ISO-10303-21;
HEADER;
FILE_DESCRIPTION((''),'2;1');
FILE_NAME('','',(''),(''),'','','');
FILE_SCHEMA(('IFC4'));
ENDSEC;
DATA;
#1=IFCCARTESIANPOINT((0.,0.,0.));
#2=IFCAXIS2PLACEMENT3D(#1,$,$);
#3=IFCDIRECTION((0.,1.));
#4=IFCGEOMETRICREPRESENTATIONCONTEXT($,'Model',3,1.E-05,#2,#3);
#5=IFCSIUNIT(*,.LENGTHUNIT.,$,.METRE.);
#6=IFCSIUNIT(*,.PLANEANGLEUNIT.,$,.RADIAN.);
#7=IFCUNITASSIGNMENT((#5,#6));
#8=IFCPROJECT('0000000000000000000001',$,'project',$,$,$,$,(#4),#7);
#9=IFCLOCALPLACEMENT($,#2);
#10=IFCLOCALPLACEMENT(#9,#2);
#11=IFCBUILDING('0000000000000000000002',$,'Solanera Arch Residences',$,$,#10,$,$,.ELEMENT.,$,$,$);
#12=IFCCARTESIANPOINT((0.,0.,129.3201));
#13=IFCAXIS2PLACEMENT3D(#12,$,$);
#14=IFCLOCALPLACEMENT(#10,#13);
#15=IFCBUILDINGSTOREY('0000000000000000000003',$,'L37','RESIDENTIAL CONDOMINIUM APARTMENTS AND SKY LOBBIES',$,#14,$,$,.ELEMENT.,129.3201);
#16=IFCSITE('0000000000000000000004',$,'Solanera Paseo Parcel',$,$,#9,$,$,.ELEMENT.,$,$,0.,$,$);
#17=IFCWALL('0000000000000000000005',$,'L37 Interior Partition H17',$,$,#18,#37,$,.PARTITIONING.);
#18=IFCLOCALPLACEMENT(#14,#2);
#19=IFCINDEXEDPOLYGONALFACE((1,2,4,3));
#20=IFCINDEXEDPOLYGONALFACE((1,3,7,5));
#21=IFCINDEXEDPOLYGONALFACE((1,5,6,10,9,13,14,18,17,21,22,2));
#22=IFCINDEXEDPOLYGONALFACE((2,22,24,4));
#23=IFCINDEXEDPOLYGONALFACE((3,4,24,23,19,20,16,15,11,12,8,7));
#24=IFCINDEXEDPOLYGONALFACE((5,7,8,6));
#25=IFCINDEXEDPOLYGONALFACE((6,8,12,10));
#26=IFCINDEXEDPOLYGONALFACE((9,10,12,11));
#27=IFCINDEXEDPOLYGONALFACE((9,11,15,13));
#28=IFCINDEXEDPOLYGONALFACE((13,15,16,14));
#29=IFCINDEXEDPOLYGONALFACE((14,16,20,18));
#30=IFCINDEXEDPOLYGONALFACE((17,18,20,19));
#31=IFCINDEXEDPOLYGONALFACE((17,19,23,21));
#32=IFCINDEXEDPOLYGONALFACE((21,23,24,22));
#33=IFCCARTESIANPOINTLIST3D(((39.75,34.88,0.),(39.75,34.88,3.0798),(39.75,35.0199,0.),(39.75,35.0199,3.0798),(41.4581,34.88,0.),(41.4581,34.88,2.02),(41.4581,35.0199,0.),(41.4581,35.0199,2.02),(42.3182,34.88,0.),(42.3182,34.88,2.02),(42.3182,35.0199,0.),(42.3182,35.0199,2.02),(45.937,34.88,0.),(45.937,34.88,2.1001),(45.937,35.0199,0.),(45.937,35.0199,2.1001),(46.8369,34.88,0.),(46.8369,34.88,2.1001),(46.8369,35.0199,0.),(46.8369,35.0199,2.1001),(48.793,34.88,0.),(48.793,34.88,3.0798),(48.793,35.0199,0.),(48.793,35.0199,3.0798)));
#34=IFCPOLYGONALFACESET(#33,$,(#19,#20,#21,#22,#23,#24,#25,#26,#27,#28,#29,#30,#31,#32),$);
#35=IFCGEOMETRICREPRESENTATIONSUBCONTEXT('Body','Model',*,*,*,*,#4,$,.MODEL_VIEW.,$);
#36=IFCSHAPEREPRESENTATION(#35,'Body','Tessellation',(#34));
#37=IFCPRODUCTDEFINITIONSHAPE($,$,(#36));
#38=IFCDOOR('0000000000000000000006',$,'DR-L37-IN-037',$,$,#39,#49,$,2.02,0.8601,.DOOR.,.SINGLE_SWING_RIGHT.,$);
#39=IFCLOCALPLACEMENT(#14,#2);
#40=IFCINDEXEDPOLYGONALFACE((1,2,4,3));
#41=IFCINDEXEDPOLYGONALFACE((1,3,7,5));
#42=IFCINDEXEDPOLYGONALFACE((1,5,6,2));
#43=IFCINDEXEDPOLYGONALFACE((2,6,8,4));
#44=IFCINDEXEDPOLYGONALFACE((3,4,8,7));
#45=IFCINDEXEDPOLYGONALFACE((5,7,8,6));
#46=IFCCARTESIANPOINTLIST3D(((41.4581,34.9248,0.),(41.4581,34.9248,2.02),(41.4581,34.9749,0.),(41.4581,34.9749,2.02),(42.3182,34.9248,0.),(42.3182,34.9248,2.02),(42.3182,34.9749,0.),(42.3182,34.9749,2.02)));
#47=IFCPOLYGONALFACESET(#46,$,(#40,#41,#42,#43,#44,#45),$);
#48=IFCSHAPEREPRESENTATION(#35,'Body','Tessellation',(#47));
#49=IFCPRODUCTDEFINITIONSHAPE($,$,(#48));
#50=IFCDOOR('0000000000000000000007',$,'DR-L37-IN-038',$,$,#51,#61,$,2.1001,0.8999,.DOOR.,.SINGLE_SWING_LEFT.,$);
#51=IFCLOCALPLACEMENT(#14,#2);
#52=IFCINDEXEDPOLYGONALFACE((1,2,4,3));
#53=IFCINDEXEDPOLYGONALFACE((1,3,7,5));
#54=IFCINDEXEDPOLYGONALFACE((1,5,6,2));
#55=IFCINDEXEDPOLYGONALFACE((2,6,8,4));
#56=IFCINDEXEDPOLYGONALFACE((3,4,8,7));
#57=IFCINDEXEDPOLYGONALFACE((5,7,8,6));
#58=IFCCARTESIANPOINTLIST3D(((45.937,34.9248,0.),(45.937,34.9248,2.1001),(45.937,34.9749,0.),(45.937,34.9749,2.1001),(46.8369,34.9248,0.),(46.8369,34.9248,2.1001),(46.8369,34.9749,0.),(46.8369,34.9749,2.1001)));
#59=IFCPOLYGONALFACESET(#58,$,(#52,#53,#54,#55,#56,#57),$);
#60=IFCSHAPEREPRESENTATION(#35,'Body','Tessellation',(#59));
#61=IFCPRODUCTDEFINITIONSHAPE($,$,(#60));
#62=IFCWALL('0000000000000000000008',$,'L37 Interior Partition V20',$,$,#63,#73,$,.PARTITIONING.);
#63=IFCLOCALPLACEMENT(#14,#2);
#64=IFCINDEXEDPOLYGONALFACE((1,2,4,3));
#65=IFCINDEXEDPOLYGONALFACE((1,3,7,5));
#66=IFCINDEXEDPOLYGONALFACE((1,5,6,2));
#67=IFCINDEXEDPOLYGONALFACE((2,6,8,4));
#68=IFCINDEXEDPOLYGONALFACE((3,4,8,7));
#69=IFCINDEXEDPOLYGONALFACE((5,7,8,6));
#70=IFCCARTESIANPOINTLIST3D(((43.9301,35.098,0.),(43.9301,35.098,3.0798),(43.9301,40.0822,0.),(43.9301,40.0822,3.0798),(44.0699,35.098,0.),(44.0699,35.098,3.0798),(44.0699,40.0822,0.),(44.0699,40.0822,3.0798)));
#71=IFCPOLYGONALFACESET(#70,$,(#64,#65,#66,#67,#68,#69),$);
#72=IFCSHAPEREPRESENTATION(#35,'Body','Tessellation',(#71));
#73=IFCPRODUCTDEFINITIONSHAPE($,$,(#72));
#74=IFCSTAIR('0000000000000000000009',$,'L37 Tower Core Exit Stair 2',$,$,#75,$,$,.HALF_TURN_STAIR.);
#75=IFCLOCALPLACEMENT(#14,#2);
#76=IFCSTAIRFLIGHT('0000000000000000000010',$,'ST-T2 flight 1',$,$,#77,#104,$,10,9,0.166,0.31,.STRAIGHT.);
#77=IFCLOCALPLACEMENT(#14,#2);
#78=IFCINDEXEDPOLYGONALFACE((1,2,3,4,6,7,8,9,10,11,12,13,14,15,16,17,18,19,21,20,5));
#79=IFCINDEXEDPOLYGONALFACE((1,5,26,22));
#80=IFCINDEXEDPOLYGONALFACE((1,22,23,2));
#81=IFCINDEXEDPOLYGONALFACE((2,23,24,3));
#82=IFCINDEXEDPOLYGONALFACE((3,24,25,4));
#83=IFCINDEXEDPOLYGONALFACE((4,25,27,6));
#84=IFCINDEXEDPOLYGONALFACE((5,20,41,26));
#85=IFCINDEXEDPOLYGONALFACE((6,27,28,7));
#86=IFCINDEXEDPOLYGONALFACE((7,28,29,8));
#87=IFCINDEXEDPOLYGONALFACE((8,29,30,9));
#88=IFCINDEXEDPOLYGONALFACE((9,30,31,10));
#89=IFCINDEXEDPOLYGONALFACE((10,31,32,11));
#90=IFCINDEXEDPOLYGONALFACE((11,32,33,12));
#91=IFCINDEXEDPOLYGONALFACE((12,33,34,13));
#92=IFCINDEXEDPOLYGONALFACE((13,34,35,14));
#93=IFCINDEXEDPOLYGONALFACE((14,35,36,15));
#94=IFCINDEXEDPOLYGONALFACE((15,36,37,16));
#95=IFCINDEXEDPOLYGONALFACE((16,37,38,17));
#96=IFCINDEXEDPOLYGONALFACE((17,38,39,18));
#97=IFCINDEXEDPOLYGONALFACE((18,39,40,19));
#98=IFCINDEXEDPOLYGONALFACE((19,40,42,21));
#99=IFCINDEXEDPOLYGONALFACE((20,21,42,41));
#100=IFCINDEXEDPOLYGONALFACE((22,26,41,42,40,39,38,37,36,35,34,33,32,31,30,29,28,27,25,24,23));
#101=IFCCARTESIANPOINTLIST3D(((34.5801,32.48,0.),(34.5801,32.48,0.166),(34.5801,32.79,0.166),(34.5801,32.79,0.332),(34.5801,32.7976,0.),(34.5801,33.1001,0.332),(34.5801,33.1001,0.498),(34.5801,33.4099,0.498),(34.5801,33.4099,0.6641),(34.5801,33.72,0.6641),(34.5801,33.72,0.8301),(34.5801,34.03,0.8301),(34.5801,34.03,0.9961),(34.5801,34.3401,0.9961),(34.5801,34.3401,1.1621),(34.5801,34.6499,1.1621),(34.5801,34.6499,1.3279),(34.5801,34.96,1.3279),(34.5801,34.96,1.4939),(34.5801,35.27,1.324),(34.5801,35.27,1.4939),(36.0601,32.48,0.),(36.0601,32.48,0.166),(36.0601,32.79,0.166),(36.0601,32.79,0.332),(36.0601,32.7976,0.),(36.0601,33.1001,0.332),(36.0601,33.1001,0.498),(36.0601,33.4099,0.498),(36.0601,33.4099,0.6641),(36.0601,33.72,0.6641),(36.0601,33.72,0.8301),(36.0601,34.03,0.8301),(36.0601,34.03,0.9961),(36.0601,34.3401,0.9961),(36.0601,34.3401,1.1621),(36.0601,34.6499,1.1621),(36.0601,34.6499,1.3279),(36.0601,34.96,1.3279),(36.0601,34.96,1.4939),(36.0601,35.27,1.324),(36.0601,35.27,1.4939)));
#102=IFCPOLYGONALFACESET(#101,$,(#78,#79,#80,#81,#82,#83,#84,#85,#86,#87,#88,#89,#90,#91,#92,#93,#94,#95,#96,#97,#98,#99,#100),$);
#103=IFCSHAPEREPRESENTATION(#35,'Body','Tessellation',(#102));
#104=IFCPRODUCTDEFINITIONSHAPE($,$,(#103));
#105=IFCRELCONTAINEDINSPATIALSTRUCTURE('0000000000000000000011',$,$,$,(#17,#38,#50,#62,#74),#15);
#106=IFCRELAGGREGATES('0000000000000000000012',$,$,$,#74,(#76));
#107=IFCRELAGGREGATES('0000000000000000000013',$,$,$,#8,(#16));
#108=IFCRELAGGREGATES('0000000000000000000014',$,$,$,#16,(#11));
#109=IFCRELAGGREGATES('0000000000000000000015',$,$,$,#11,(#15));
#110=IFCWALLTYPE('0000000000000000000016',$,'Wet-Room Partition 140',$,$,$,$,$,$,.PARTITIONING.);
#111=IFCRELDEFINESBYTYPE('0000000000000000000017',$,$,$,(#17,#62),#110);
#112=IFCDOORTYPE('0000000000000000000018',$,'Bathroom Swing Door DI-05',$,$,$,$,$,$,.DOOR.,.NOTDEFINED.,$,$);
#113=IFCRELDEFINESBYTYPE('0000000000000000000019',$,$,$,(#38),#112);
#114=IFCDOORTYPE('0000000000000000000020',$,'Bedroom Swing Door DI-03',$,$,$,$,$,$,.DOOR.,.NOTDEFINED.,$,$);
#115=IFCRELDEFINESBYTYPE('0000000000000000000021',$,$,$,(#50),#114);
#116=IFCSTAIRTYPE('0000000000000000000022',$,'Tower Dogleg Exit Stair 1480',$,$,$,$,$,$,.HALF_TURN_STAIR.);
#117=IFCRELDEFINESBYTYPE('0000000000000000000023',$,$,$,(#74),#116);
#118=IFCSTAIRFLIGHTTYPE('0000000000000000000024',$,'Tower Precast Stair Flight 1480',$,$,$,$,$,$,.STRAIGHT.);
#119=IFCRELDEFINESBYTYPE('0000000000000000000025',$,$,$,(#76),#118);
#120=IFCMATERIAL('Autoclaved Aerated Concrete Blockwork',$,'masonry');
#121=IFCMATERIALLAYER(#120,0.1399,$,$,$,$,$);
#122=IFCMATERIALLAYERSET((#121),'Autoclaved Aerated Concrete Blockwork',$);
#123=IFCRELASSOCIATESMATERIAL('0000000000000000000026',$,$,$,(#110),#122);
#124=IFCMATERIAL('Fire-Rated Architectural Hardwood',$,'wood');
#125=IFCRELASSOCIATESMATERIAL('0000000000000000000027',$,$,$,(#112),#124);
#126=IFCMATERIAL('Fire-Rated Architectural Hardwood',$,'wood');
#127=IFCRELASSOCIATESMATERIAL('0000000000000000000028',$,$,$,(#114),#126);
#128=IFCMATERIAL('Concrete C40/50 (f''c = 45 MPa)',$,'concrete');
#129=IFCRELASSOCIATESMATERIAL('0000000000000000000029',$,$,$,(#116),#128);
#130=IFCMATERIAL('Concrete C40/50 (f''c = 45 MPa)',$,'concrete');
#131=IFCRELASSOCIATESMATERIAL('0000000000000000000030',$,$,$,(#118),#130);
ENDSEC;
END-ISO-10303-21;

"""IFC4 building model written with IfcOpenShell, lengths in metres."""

from ifc_helpers import new_model, si_unit, direction, frame, frame_2d, origin, place, context, subcontext, project, spatial, polyline, rectangle, outline, extrude, material, layer, layer_set, type_object, element, fill, aggregate, save


model = new_model("IFC4")

# Units and contexts
model_context = context("Model", 3, precision=1e-05, world=origin(), true_north=direction((0.0, 1.0)))
body_context = subcontext(model_context, "Body", "Model", "MODEL_VIEW")
ifc_project = project(units=[si_unit("LENGTHUNIT", "METRE"), si_unit("PLANEANGLEUNIT", "RADIAN")], contexts=[model_context])

# Site, building, storey
site_placement = place(None, origin())
site = spatial("IfcSite", under=ifc_project, at=site_placement, Name="Solanera Paseo Parcel", CompositionType="ELEMENT", RefElevation=0.0)
building_placement = place(site_placement, origin())
building = spatial("IfcBuilding", under=site, at=building_placement, Name="Solanera Arch Residences", CompositionType="ELEMENT")
storey_placement = place(building_placement, frame((0.0, 0.0, 129.3201)))
storey = spatial("IfcBuildingStorey", under=building, at=storey_placement, Name="L37", Description="RESIDENTIAL CONDOMINIUM APARTMENTS AND SKY LOBBIES", CompositionType="ELEMENT", Elevation=129.3201)

# Wall, openings, doors
ifc_material_1 = material(Name="Autoclaved Aerated Concrete Blockwork", Category="masonry")
ifc_layer_1 = layer(ifc_material_1, 0.1399)
ifc_layer_set_1 = layer_set([ifc_layer_1], Name="Autoclaved Aerated Concrete Blockwork")
wall_type_1 = type_object("IfcWallType", Name="Wet-Room Partition 140", PredefinedType="PARTITIONING", material=ifc_layer_set_1)
wall_1_placement = place(storey_placement, frame((39.75, 34.95, 0.0), z_axis=(0.0, 0.0, 1.0), x_axis=(1.0, 0.0, 0.0)))
wall_1 = element("IfcWall", 1, at=wall_1_placement, inside=storey, type_object=wall_type_1, Name="L37 Interior Partition H17", PredefinedType="PARTITIONING", context=body_context, shape_type="SweptSolid", body=[
    extrude(rectangle(XDim=9.043, YDim=0.1399, at=frame_2d((4.5215, 0.0))), origin(), (0.0, 0.0, 1.0), 3.0798),
])
opening_1_placement = place(wall_1_placement, frame((1.708, 0.0, 0.0)))
opening_1 = element("IfcOpeningElement", 2, at=opening_1_placement, cuts=wall_1, PredefinedType="OPENING", context=body_context, shape_type="SweptSolid", body=[
    extrude(rectangle(XDim=0.8601, YDim=2.02, at=frame_2d((0.4302, 1.01))), frame((0.0, 0.0798, 0.0), z_axis=(0.0, -1.0, 0.0), x_axis=(1.0, 0.0, 0.0)), (0.0, 0.0, 1.0), 0.1599),
])
opening_2_placement = place(wall_1_placement, frame((6.187, 0.0, 0.0)))
opening_2 = element("IfcOpeningElement", 3, at=opening_2_placement, cuts=wall_1, PredefinedType="OPENING", context=body_context, shape_type="SweptSolid", body=[
    extrude(rectangle(XDim=0.8999, YDim=2.1001, at=frame_2d((0.45, 1.05))), frame((0.0, 0.0798, 0.0), z_axis=(0.0, -1.0, 0.0), x_axis=(1.0, 0.0, 0.0)), (0.0, 0.0, 1.0), 0.1599),
])
ifc_material_2 = material(Name="Fire-Rated Architectural Hardwood", Category="wood")
door_type_1 = type_object("IfcDoorType", Name="Bathroom Swing Door DI-05", OperationType="NOTDEFINED", PredefinedType="DOOR", material=ifc_material_2)
door_1_placement = place(opening_1_placement, origin())
door_1 = element("IfcDoor", 4, at=door_1_placement, inside=storey, type_object=door_type_1, Name="DR-L37-IN-037", OperationType="SINGLE_SWING_RIGHT", OverallHeight=2.02, OverallWidth=0.8601, PredefinedType="DOOR", context=body_context, shape_type="SweptSolid", body=[
    extrude(rectangle(XDim=0.8601, YDim=2.02, at=frame_2d((0.4302, 1.01))), frame((0.0, 0.0249, 0.0), z_axis=(0.0, -1.0, 0.0), x_axis=(1.0, 0.0, 0.0)), (0.0, 0.0, 1.0), 0.05),
])
fill(opening_1, door_1)
ifc_material_3 = material(Name="Fire-Rated Architectural Hardwood", Category="wood")
door_type_2 = type_object("IfcDoorType", Name="Bedroom Swing Door DI-03", OperationType="NOTDEFINED", PredefinedType="DOOR", material=ifc_material_3)
door_2_placement = place(opening_2_placement, origin())
door_2 = element("IfcDoor", 5, at=door_2_placement, inside=storey, type_object=door_type_2, Name="DR-L37-IN-038", OperationType="SINGLE_SWING_LEFT", OverallHeight=2.1001, OverallWidth=0.8999, PredefinedType="DOOR", context=body_context, shape_type="SweptSolid", body=[
    extrude(rectangle(XDim=0.8999, YDim=2.1001, at=frame_2d((0.45, 1.05))), frame((0.0, 0.0249, 0.0), z_axis=(0.0, -1.0, 0.0), x_axis=(1.0, 0.0, 0.0)), (0.0, 0.0, 1.0), 0.05),
])
fill(opening_2, door_2)

# Wall
wall_2_placement = place(storey_placement, frame((44.0, 35.0979, 0.0), z_axis=(0.0, 0.0, 1.0), x_axis=(0.0, 1.0, 0.0)))
element("IfcWall", 6, at=wall_2_placement, inside=storey, type_object=wall_type_1, Name="L37 Interior Partition V20", PredefinedType="PARTITIONING", context=body_context, shape_type="SweptSolid", body=[
    extrude(rectangle(XDim=4.9841, YDim=0.1399, at=frame_2d((2.4922, 0.0))), origin(), (0.0, 0.0, 1.0), 3.0798),
])

# Stair, stair flight
ifc_material_4 = material(Name="Concrete C40/50 (f'c = 45 MPa)", Category="concrete")
stair_type = type_object("IfcStairType", Name="Tower Dogleg Exit Stair 1480", PredefinedType="HALF_TURN_STAIR", material=ifc_material_4)
stair_placement = place(storey_placement, origin())
stair = element("IfcStair", 7, at=stair_placement, inside=storey, type_object=stair_type, Name="L37 Tower Core Exit Stair 2", PredefinedType="HALF_TURN_STAIR")
ifc_material_5 = material(Name="Concrete C40/50 (f'c = 45 MPa)", Category="concrete")
stair_flight_type = type_object("IfcStairFlightType", Name="Tower Precast Stair Flight 1480", PredefinedType="STRAIGHT", material=ifc_material_5)
stair_flight_placement = place(storey_placement, frame((35.3201, 32.48, 0.0), z_axis=(0.0, 0.0, 1.0), x_axis=(0.0, 1.0, 0.0)))
stair_flight = element("IfcStairFlight", 8, at=stair_flight_placement, type_object=stair_flight_type, Name="ST-T2 flight 1", NumberOfRisers=10, NumberOfTreads=9, PredefinedType="STRAIGHT", RiserHeight=0.166, TreadLength=0.31, context=body_context, shape_type="SweptSolid", body=[
    extrude(outline(polyline([(0.0, 0.0), (0.0, 0.166), (0.3101, 0.166), (0.3101, 0.332), (0.6201, 0.332), (0.6201, 0.498), (0.9299, 0.498), (0.9299, 0.6641), (1.24, 0.6641), (1.24, 0.8301), (1.55, 0.8301), (1.55, 0.9961), (1.8601, 0.9961), (1.8601, 1.1621), (2.1699, 1.1621), (2.1699, 1.3279), (2.48, 1.3279), (2.48, 1.4939), (2.79, 1.4939), (2.79, 1.6599), (2.79, 1.324), (0.3176, 0.0), (0.0, 0.0)])), frame((0.0, 0.74, 0.0), z_axis=(0.0, -1.0, 0.0), x_axis=(1.0, 0.0, 0.0)), (0.0, 0.0, 1.0), 1.48),
])
aggregate(stair, [stair_flight])

save(model, "model.ifc")
